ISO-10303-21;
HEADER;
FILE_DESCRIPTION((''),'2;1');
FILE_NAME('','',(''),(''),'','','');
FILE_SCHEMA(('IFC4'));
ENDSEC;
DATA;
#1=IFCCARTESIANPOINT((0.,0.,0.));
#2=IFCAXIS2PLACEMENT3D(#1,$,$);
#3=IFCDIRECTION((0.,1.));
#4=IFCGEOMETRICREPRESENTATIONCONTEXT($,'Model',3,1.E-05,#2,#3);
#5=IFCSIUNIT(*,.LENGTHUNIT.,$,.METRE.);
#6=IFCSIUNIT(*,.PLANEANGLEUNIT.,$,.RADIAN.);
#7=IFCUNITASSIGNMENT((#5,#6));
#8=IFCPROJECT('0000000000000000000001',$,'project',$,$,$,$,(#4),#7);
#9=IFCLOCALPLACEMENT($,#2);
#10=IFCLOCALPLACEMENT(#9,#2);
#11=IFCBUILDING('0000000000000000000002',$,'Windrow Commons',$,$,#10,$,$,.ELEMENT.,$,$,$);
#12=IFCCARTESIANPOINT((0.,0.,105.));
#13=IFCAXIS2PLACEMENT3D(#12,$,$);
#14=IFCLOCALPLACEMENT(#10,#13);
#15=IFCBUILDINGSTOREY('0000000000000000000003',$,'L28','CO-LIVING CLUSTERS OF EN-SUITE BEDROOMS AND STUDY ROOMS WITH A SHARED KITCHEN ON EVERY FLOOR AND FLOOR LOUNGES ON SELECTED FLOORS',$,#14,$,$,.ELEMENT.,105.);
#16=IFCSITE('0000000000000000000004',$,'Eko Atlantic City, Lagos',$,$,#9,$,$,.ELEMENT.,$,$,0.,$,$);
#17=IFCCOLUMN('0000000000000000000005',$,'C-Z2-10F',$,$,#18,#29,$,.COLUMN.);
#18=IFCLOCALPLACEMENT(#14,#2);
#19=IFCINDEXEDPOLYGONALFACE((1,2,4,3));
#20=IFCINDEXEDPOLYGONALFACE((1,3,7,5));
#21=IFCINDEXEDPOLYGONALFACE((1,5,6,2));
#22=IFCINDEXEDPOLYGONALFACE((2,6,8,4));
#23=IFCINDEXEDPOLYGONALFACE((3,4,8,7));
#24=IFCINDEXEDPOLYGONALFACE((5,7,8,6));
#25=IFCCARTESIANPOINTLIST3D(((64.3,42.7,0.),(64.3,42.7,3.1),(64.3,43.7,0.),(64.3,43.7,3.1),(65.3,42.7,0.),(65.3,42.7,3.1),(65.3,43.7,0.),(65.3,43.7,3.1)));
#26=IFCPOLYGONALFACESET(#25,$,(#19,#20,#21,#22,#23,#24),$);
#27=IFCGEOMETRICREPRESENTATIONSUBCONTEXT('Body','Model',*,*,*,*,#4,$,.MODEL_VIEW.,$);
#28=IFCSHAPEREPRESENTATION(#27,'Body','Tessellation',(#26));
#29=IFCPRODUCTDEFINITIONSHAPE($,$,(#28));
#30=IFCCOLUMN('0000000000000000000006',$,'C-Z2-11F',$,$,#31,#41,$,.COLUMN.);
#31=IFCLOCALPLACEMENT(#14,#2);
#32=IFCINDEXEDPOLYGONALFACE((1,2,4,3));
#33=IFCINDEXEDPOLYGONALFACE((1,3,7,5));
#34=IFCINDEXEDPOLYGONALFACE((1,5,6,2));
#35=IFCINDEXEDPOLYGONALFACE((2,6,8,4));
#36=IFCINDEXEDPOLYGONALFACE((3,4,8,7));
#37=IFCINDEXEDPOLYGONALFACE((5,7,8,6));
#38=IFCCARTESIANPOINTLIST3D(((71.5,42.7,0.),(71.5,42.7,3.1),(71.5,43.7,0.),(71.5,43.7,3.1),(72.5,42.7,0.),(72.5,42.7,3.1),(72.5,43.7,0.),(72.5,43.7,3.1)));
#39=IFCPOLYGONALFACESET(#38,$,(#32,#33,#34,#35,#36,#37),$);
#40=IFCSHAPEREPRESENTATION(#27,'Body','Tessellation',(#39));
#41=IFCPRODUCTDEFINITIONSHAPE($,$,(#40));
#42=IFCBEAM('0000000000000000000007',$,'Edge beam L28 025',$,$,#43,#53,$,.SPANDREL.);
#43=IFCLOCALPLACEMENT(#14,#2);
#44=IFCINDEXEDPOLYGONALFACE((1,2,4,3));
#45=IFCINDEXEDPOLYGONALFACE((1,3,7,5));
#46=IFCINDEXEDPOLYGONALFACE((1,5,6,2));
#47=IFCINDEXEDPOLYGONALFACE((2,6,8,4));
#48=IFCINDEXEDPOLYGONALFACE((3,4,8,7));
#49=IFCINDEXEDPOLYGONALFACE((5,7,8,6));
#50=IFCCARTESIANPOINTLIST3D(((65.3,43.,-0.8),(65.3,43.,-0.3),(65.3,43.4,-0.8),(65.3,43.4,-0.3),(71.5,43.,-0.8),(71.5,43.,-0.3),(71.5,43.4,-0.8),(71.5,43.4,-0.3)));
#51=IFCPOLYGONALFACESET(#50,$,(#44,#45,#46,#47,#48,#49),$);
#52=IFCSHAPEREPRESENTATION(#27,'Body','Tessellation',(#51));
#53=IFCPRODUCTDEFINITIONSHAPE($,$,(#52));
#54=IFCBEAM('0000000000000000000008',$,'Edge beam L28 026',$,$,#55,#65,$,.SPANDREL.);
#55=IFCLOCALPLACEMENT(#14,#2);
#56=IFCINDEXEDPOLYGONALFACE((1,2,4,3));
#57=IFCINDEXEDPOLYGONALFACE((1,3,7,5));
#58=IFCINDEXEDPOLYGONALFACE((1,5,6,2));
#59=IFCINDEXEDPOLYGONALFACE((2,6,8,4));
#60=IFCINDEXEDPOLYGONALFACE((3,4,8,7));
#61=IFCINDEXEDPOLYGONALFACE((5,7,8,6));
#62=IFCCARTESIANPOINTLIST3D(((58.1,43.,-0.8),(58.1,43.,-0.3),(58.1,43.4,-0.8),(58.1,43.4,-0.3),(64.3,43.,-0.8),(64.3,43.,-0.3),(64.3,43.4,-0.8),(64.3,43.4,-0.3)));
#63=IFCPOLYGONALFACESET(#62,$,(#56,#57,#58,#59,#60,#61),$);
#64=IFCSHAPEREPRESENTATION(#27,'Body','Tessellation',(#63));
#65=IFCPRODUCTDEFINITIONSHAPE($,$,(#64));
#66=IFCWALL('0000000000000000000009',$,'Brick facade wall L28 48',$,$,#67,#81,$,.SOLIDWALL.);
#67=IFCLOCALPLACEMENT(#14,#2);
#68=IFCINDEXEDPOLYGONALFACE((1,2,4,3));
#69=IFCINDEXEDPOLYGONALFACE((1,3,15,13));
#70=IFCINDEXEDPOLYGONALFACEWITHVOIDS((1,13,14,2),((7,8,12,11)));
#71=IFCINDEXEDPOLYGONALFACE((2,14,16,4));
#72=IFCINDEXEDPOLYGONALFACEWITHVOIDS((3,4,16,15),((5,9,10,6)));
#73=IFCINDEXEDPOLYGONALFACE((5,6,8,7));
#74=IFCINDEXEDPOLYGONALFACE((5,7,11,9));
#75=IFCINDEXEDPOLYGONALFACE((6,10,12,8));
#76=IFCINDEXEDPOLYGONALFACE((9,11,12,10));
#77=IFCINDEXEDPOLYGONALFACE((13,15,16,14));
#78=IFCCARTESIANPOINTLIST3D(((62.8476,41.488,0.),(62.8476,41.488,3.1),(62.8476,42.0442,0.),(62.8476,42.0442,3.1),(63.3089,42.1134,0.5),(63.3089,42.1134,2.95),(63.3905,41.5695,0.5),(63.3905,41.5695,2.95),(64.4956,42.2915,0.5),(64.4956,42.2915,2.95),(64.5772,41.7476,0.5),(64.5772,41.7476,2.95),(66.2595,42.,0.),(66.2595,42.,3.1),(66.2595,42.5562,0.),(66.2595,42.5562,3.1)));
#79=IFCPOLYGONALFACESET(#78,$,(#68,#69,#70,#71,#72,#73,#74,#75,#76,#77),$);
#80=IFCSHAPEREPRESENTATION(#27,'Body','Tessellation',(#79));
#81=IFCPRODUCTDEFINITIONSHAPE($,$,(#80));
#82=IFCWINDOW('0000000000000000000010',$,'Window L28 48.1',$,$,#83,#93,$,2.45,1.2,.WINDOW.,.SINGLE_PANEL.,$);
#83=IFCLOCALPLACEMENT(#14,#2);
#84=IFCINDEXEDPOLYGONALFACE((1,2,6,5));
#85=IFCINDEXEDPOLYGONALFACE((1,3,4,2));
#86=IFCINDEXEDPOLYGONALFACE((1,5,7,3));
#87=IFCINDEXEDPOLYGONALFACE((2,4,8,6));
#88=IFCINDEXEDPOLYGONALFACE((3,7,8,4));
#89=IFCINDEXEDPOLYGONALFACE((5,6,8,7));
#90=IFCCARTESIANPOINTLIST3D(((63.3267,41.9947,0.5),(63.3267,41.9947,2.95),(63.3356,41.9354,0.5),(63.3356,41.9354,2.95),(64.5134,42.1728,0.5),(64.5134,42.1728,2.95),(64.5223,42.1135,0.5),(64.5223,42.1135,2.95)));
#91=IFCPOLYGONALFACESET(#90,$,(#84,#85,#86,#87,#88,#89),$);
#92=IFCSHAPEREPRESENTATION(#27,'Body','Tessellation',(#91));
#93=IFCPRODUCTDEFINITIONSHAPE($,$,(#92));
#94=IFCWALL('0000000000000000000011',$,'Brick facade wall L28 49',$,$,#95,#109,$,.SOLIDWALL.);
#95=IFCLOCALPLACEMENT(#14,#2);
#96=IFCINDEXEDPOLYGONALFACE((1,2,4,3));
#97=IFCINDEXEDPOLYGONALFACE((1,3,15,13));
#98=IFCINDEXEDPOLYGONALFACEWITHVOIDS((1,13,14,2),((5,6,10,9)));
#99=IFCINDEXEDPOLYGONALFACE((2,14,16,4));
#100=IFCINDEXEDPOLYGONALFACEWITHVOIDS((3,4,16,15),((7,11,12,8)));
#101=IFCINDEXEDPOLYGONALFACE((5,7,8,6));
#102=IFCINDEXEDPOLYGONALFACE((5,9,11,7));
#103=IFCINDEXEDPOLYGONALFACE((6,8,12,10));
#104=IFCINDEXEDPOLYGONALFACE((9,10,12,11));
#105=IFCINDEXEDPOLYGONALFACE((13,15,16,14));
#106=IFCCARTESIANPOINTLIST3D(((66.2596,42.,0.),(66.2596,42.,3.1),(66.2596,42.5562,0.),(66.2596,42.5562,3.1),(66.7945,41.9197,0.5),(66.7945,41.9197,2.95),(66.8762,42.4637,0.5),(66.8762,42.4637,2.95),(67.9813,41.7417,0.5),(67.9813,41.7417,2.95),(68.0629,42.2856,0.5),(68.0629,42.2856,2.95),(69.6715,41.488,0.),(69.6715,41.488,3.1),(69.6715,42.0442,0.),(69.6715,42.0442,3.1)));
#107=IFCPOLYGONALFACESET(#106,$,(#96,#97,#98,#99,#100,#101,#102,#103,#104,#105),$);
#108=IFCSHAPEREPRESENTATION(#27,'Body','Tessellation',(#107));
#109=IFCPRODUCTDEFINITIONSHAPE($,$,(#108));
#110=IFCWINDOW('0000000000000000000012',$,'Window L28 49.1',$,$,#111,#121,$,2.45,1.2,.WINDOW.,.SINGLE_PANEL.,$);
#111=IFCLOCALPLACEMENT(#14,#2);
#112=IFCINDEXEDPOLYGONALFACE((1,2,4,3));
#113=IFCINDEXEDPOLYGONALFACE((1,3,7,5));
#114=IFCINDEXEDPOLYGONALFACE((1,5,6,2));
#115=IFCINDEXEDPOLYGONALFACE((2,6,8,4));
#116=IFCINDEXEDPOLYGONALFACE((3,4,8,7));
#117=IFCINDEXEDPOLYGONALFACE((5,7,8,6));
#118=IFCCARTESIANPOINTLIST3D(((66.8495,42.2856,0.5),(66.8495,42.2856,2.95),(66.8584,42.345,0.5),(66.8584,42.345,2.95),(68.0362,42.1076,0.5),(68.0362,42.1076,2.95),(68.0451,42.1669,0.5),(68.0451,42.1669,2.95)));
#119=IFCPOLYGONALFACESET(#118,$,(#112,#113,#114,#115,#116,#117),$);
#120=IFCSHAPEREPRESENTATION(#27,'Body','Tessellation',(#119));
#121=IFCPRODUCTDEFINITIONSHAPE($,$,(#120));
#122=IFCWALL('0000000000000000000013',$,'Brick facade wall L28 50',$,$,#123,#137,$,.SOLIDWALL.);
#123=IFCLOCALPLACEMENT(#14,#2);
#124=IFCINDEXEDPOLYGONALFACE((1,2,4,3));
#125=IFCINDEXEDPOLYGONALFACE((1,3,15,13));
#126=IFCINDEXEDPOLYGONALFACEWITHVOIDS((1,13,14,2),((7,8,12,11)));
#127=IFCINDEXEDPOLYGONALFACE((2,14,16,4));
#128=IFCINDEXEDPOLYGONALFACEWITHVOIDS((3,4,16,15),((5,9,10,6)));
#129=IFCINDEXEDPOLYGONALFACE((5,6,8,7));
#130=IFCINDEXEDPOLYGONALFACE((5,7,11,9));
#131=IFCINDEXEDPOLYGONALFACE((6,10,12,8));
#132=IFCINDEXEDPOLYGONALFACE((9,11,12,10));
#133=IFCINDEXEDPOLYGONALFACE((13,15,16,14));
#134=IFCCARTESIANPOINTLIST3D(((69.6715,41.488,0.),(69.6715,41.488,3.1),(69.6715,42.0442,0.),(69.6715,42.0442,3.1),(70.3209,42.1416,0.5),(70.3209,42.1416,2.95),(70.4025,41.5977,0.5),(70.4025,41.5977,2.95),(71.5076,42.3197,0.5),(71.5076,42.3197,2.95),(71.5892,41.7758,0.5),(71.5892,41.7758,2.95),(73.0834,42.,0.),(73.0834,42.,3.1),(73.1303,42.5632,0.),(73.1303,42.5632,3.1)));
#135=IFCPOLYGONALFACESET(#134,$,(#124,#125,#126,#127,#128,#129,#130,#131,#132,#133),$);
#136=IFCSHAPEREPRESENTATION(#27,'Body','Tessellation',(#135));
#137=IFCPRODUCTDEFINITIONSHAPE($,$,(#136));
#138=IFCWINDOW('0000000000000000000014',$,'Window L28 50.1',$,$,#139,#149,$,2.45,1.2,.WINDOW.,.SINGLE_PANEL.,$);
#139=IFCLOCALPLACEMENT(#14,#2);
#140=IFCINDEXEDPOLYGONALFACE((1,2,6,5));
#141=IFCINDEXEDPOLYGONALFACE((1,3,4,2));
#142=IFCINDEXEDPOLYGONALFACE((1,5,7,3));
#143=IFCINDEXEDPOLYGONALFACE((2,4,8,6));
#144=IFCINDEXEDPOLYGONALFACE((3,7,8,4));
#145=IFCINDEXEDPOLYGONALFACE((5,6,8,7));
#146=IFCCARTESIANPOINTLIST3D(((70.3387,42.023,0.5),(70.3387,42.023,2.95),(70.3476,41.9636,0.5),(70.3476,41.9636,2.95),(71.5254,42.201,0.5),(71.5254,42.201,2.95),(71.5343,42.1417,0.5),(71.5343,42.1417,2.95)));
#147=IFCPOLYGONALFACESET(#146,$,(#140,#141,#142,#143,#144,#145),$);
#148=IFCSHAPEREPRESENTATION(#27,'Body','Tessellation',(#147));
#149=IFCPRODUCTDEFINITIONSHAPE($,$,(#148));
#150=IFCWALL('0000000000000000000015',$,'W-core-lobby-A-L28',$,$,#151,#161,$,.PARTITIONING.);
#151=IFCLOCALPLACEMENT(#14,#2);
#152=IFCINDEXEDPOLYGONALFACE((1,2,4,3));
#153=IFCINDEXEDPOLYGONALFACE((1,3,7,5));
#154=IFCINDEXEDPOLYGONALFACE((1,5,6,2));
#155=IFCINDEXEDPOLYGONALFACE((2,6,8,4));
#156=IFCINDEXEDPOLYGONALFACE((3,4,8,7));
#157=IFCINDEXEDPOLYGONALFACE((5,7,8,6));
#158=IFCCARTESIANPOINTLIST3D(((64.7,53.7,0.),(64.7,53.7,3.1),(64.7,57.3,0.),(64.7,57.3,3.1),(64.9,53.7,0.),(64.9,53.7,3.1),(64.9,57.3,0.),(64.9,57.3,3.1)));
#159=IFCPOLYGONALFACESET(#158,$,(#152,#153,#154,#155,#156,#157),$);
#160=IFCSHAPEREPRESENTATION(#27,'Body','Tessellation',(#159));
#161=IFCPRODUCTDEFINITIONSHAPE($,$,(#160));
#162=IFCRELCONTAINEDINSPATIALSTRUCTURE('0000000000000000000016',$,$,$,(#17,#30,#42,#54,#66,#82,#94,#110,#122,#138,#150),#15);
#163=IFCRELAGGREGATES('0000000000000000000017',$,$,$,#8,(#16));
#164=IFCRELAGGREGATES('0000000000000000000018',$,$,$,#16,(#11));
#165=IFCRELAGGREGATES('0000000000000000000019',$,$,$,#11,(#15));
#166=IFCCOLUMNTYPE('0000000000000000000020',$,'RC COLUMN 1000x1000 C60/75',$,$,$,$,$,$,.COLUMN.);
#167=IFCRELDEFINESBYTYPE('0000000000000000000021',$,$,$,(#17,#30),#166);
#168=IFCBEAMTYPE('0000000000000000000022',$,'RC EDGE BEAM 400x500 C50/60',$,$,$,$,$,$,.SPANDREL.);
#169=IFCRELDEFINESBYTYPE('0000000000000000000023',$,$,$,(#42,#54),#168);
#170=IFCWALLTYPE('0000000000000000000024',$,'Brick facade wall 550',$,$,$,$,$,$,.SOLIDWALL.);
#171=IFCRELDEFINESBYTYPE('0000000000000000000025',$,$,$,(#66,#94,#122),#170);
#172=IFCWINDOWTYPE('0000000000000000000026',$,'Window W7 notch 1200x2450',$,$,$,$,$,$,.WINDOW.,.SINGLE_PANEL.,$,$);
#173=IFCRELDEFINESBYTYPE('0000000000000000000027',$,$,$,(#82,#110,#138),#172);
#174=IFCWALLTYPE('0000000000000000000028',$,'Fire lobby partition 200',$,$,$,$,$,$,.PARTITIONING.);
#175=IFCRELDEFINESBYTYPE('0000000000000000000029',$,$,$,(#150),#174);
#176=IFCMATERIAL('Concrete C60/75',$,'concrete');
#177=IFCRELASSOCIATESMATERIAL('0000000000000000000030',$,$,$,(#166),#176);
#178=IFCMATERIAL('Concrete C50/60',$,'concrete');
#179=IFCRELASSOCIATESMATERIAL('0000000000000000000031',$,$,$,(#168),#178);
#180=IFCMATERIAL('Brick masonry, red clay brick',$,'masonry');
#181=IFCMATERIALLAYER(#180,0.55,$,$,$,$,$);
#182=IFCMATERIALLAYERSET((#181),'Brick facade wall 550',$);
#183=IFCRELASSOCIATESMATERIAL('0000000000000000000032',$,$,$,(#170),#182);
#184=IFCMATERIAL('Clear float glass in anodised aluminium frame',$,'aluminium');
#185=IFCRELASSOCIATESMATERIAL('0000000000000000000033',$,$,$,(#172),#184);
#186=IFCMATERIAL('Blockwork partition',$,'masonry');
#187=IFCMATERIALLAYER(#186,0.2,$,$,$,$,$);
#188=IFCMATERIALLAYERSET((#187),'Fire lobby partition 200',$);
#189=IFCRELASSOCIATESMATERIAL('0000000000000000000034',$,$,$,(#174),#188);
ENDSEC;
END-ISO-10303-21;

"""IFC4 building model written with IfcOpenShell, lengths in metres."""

from ifc_helpers import new_model, si_unit, direction, frame, frame_2d, origin, origin_2d, place, context, subcontext, project, spatial, polyline, rectangle, outline, extrude, material, layer, layer_set, material_profile, profile_set, type_object, element, fill, save


model = new_model("IFC4")

# Units and contexts
model_context = context("Model", 3, precision=1e-05, world=origin(), true_north=direction((0.0, 1.0)))
body_context = subcontext(model_context, "Body", "Model", "MODEL_VIEW")
ifc_project = project(units=[si_unit("LENGTHUNIT", "METRE"), si_unit("PLANEANGLEUNIT", "RADIAN")], contexts=[model_context])

# Site, building, storey
site_placement = place(None, origin())
site = spatial("IfcSite", under=ifc_project, at=site_placement, Name="Eko Atlantic City, Lagos", CompositionType="ELEMENT", RefElevation=0.0)
building_placement = place(site_placement, origin())
building = spatial("IfcBuilding", under=site, at=building_placement, Name="Windrow Commons", CompositionType="ELEMENT")
storey_placement = place(building_placement, frame((0.0, 0.0, 105.0)))
storey = spatial("IfcBuildingStorey", under=building, at=storey_placement, Name="L28", Description="CO-LIVING CLUSTERS OF EN-SUITE BEDROOMS AND STUDY ROOMS WITH A SHARED KITCHEN ON EVERY FLOOR AND FLOOR LOUNGES ON SELECTED FLOORS", CompositionType="ELEMENT", Elevation=105.0)

# Columns
ifc_material_1 = material(Name="Concrete C60/75", Category="concrete")
ifc_material_profile_1 = material_profile(ifc_material_1, rectangle(XDim=1.0, YDim=1.0, at=origin_2d()))
ifc_profile_set_1 = profile_set([ifc_material_profile_1], Name="Concrete C60/75")
column_type = type_object("IfcColumnType", Name="RC COLUMN 1000x1000 C60/75", PredefinedType="COLUMN", material=ifc_profile_set_1)
for number, where, z_axis, x_axis, name in (
    (1, (64.8, 43.2, 0.0), (0.0, 0.0, 1.0), (1.0, 0.0, 0.0), "C-Z2-10F"),
    (2, (72.0, 43.2, 0.0), (0.0, 0.0, 1.0), (1.0, 0.0, 0.0), "C-Z2-11F"),
):
    element("IfcColumn", number, at=place(storey_placement, frame(where, z_axis=z_axis, x_axis=x_axis)), inside=storey, type_object=column_type, Name=name, PredefinedType="COLUMN", context=body_context, shape_type="SweptSolid", body=[
        extrude(rectangle(XDim=1.0, YDim=1.0, at=origin_2d()), origin(), (0.0, 0.0, 1.0), 3.1),
    ])

# Beams
ifc_material_2 = material(Name="Concrete C50/60", Category="concrete")
ifc_material_profile_2 = material_profile(ifc_material_2, rectangle(XDim=0.4, YDim=0.5, at=origin_2d()))
ifc_profile_set_2 = profile_set([ifc_material_profile_2], Name="Concrete C50/60")
beam_type = type_object("IfcBeamType", Name="RC EDGE BEAM 400x500 C50/60", PredefinedType="SPANDREL", material=ifc_profile_set_2)
for number, where, z_axis, x_axis, name in (
    (3, (71.5, 43.2, -0.55), (-1.0, 0.0, 0.0), (0.0, -1.0, 0.0), "Edge beam L28 025"),
    (4, (64.3, 43.2, -0.55), (-1.0, 0.0, 0.0), (0.0, -1.0, 0.0), "Edge beam L28 026"),
):
    element("IfcBeam", number, at=place(storey_placement, frame(where, z_axis=z_axis, x_axis=x_axis)), inside=storey, type_object=beam_type, Name=name, PredefinedType="SPANDREL", context=body_context, shape_type="SweptSolid", body=[
        extrude(rectangle(XDim=0.4, YDim=0.5, at=origin_2d()), origin(), (0.0, 0.0, 1.0), 6.2),
    ])

# Walls, openings, windows
ifc_material_3 = material(Name="Brick masonry, red clay brick", Category="masonry")
ifc_layer_1 = layer(ifc_material_3, 0.55)
ifc_layer_set_1 = layer_set([ifc_layer_1], Name="Brick facade wall 550")
wall_type_1 = type_object("IfcWallType", Name="Brick facade wall 550", PredefinedType="SOLIDWALL", material=ifc_layer_set_1)
wall_1_placement = place(storey_placement, frame((62.8476, 41.7661, 0.0), z_axis=(0.0, 0.0, 1.0), x_axis=(0.988928, 0.148397, 0.0)))
wall_1 = element("IfcWall", 5, at=wall_1_placement, inside=storey, type_object=wall_type_1, Name="Brick facade wall L28 48", PredefinedType="SOLIDWALL", context=body_context, shape_type="SweptSolid", body=[
    extrude(outline(polyline([(-0.0413, -0.275), (3.4088, -0.275), (3.4914, 0.275), (0.0413, 0.275), (-0.0413, -0.275)])), origin(), (0.0, 0.0, 1.0), 3.1),
])
opening_1_placement = place(wall_1_placement, frame((0.5077, 0.0, 0.5)))
opening_1 = element("IfcOpeningElement", 6, at=opening_1_placement, cuts=wall_1, PredefinedType="OPENING", context=body_context, shape_type="SweptSolid", body=[
    extrude(rectangle(XDim=1.2, YDim=2.45, at=frame_2d((0.6, 1.225))), frame((0.0, 0.285, 0.0), z_axis=(0.0, -1.0, 0.0), x_axis=(1.0, 0.0, 0.0)), (0.0, 0.0, 1.0), 0.57),
])
ifc_material_4 = material(Name="Clear float glass in anodised aluminium frame", Category="aluminium")
window_type = type_object("IfcWindowType", Name="Window W7 notch 1200x2450", PartitioningType="SINGLE_PANEL", PredefinedType="WINDOW", material=ifc_material_4)
window_1_placement = place(opening_1_placement, origin())
window_1 = element("IfcWindow", 7, at=window_1_placement, inside=storey, type_object=window_type, Name="Window L28 48.1", OverallHeight=2.45, OverallWidth=1.2, PartitioningType="SINGLE_PANEL", PredefinedType="WINDOW", context=body_context, shape_type="SweptSolid", body=[
    extrude(rectangle(XDim=1.2, YDim=2.45, at=frame_2d((0.6, 1.225))), frame((0.0, 0.155, 0.0), z_axis=(0.0, -1.0, 0.0), x_axis=(1.0, 0.0, 0.0)), (0.0, 0.0, 1.0), 0.06),
])
fill(opening_1, window_1)
wall_2_placement = place(storey_placement, frame((66.2596, 42.2781, 0.0), z_axis=(0.0, 0.0, 1.0), x_axis=(0.988927, -0.148401, 0.0)))
wall_2 = element("IfcWall", 8, at=wall_2_placement, inside=storey, type_object=wall_type_1, Name="Brick facade wall L28 49", PredefinedType="SOLIDWALL", context=body_context, shape_type="SweptSolid", body=[
    extrude(outline(polyline([(0.0413, -0.275), (3.4914, -0.275), (3.4088, 0.275), (-0.0413, 0.275), (0.0413, -0.275)])), origin(), (0.0, 0.0, 1.0), 3.1),
])
opening_2_placement = place(wall_2_placement, frame((0.5822, 0.0, 0.5)))
opening_2 = element("IfcOpeningElement", 9, at=opening_2_placement, cuts=wall_2, PredefinedType="OPENING", context=body_context, shape_type="SweptSolid", body=[
    extrude(rectangle(XDim=1.2, YDim=2.45, at=frame_2d((0.6, 1.225))), frame((0.0, 0.285, 0.0), z_axis=(0.0, -1.0, 0.0), x_axis=(1.0, 0.0, 0.0)), (0.0, 0.0, 1.0), 0.57),
])
window_2_placement = place(opening_2_placement, origin())
window_2 = element("IfcWindow", 10, at=window_2_placement, inside=storey, type_object=window_type, Name="Window L28 49.1", OverallHeight=2.45, OverallWidth=1.2, PartitioningType="SINGLE_PANEL", PredefinedType="WINDOW", context=body_context, shape_type="SweptSolid", body=[
    extrude(rectangle(XDim=1.2, YDim=2.45, at=frame_2d((0.6, 1.225))), frame((0.0, 0.155, 0.0), z_axis=(0.0, -1.0, 0.0), x_axis=(1.0, 0.0, 0.0)), (0.0, 0.0, 1.0), 0.06),
])
fill(opening_2, window_2)
wall_3_placement = place(storey_placement, frame((69.6715, 41.7661, 0.0), z_axis=(0.0, 0.0, 1.0), x_axis=(0.988928, 0.148398, 0.0)))
wall_3 = element("IfcWall", 11, at=wall_3_placement, inside=storey, type_object=wall_type_1, Name="Brick facade wall L28 50", PredefinedType="SOLIDWALL", context=body_context, shape_type="SweptSolid", body=[
    extrude(outline(polyline([(-0.0413, -0.275), (3.4088, -0.275), (3.5388, 0.275), (0.0413, 0.275), (-0.0413, -0.275)])), origin(), (0.0, 0.0, 1.0), 3.1),
])
opening_3_placement = place(wall_3_placement, frame((0.6979, 0.0, 0.5)))
opening_3 = element("IfcOpeningElement", 12, at=opening_3_placement, cuts=wall_3, PredefinedType="OPENING", context=body_context, shape_type="SweptSolid", body=[
    extrude(rectangle(XDim=1.2, YDim=2.45, at=frame_2d((0.6, 1.225))), frame((0.0, 0.285, 0.0), z_axis=(0.0, -1.0, 0.0), x_axis=(1.0, 0.0, 0.0)), (0.0, 0.0, 1.0), 0.57),
])
window_3_placement = place(opening_3_placement, origin())
window_3 = element("IfcWindow", 13, at=window_3_placement, inside=storey, type_object=window_type, Name="Window L28 50.1", OverallHeight=2.45, OverallWidth=1.2, PartitioningType="SINGLE_PANEL", PredefinedType="WINDOW", context=body_context, shape_type="SweptSolid", body=[
    extrude(rectangle(XDim=1.2, YDim=2.45, at=frame_2d((0.6, 1.225))), frame((0.0, 0.155, 0.0), z_axis=(0.0, -1.0, 0.0), x_axis=(1.0, 0.0, 0.0)), (0.0, 0.0, 1.0), 0.06),
])
fill(opening_3, window_3)

# Wall
ifc_material_5 = material(Name="Blockwork partition", Category="masonry")
ifc_layer_2 = layer(ifc_material_5, 0.2)
ifc_layer_set_2 = layer_set([ifc_layer_2], Name="Fire lobby partition 200")
wall_type_2 = type_object("IfcWallType", Name="Fire lobby partition 200", PredefinedType="PARTITIONING", material=ifc_layer_set_2)
wall_4_placement = place(storey_placement, frame((64.8, 53.7, 0.0), z_axis=(0.0, 0.0, 1.0), x_axis=(0.0, 1.0, 0.0)))
element("IfcWall", 14, at=wall_4_placement, inside=storey, type_object=wall_type_2, Name="W-core-lobby-A-L28", PredefinedType="PARTITIONING", context=body_context, shape_type="SweptSolid", body=[
    extrude(rectangle(XDim=3.6, YDim=0.2, at=frame_2d((1.8, 0.0))), origin(), (0.0, 0.0, 1.0), 3.1),
])

save(model, "model.ifc")
